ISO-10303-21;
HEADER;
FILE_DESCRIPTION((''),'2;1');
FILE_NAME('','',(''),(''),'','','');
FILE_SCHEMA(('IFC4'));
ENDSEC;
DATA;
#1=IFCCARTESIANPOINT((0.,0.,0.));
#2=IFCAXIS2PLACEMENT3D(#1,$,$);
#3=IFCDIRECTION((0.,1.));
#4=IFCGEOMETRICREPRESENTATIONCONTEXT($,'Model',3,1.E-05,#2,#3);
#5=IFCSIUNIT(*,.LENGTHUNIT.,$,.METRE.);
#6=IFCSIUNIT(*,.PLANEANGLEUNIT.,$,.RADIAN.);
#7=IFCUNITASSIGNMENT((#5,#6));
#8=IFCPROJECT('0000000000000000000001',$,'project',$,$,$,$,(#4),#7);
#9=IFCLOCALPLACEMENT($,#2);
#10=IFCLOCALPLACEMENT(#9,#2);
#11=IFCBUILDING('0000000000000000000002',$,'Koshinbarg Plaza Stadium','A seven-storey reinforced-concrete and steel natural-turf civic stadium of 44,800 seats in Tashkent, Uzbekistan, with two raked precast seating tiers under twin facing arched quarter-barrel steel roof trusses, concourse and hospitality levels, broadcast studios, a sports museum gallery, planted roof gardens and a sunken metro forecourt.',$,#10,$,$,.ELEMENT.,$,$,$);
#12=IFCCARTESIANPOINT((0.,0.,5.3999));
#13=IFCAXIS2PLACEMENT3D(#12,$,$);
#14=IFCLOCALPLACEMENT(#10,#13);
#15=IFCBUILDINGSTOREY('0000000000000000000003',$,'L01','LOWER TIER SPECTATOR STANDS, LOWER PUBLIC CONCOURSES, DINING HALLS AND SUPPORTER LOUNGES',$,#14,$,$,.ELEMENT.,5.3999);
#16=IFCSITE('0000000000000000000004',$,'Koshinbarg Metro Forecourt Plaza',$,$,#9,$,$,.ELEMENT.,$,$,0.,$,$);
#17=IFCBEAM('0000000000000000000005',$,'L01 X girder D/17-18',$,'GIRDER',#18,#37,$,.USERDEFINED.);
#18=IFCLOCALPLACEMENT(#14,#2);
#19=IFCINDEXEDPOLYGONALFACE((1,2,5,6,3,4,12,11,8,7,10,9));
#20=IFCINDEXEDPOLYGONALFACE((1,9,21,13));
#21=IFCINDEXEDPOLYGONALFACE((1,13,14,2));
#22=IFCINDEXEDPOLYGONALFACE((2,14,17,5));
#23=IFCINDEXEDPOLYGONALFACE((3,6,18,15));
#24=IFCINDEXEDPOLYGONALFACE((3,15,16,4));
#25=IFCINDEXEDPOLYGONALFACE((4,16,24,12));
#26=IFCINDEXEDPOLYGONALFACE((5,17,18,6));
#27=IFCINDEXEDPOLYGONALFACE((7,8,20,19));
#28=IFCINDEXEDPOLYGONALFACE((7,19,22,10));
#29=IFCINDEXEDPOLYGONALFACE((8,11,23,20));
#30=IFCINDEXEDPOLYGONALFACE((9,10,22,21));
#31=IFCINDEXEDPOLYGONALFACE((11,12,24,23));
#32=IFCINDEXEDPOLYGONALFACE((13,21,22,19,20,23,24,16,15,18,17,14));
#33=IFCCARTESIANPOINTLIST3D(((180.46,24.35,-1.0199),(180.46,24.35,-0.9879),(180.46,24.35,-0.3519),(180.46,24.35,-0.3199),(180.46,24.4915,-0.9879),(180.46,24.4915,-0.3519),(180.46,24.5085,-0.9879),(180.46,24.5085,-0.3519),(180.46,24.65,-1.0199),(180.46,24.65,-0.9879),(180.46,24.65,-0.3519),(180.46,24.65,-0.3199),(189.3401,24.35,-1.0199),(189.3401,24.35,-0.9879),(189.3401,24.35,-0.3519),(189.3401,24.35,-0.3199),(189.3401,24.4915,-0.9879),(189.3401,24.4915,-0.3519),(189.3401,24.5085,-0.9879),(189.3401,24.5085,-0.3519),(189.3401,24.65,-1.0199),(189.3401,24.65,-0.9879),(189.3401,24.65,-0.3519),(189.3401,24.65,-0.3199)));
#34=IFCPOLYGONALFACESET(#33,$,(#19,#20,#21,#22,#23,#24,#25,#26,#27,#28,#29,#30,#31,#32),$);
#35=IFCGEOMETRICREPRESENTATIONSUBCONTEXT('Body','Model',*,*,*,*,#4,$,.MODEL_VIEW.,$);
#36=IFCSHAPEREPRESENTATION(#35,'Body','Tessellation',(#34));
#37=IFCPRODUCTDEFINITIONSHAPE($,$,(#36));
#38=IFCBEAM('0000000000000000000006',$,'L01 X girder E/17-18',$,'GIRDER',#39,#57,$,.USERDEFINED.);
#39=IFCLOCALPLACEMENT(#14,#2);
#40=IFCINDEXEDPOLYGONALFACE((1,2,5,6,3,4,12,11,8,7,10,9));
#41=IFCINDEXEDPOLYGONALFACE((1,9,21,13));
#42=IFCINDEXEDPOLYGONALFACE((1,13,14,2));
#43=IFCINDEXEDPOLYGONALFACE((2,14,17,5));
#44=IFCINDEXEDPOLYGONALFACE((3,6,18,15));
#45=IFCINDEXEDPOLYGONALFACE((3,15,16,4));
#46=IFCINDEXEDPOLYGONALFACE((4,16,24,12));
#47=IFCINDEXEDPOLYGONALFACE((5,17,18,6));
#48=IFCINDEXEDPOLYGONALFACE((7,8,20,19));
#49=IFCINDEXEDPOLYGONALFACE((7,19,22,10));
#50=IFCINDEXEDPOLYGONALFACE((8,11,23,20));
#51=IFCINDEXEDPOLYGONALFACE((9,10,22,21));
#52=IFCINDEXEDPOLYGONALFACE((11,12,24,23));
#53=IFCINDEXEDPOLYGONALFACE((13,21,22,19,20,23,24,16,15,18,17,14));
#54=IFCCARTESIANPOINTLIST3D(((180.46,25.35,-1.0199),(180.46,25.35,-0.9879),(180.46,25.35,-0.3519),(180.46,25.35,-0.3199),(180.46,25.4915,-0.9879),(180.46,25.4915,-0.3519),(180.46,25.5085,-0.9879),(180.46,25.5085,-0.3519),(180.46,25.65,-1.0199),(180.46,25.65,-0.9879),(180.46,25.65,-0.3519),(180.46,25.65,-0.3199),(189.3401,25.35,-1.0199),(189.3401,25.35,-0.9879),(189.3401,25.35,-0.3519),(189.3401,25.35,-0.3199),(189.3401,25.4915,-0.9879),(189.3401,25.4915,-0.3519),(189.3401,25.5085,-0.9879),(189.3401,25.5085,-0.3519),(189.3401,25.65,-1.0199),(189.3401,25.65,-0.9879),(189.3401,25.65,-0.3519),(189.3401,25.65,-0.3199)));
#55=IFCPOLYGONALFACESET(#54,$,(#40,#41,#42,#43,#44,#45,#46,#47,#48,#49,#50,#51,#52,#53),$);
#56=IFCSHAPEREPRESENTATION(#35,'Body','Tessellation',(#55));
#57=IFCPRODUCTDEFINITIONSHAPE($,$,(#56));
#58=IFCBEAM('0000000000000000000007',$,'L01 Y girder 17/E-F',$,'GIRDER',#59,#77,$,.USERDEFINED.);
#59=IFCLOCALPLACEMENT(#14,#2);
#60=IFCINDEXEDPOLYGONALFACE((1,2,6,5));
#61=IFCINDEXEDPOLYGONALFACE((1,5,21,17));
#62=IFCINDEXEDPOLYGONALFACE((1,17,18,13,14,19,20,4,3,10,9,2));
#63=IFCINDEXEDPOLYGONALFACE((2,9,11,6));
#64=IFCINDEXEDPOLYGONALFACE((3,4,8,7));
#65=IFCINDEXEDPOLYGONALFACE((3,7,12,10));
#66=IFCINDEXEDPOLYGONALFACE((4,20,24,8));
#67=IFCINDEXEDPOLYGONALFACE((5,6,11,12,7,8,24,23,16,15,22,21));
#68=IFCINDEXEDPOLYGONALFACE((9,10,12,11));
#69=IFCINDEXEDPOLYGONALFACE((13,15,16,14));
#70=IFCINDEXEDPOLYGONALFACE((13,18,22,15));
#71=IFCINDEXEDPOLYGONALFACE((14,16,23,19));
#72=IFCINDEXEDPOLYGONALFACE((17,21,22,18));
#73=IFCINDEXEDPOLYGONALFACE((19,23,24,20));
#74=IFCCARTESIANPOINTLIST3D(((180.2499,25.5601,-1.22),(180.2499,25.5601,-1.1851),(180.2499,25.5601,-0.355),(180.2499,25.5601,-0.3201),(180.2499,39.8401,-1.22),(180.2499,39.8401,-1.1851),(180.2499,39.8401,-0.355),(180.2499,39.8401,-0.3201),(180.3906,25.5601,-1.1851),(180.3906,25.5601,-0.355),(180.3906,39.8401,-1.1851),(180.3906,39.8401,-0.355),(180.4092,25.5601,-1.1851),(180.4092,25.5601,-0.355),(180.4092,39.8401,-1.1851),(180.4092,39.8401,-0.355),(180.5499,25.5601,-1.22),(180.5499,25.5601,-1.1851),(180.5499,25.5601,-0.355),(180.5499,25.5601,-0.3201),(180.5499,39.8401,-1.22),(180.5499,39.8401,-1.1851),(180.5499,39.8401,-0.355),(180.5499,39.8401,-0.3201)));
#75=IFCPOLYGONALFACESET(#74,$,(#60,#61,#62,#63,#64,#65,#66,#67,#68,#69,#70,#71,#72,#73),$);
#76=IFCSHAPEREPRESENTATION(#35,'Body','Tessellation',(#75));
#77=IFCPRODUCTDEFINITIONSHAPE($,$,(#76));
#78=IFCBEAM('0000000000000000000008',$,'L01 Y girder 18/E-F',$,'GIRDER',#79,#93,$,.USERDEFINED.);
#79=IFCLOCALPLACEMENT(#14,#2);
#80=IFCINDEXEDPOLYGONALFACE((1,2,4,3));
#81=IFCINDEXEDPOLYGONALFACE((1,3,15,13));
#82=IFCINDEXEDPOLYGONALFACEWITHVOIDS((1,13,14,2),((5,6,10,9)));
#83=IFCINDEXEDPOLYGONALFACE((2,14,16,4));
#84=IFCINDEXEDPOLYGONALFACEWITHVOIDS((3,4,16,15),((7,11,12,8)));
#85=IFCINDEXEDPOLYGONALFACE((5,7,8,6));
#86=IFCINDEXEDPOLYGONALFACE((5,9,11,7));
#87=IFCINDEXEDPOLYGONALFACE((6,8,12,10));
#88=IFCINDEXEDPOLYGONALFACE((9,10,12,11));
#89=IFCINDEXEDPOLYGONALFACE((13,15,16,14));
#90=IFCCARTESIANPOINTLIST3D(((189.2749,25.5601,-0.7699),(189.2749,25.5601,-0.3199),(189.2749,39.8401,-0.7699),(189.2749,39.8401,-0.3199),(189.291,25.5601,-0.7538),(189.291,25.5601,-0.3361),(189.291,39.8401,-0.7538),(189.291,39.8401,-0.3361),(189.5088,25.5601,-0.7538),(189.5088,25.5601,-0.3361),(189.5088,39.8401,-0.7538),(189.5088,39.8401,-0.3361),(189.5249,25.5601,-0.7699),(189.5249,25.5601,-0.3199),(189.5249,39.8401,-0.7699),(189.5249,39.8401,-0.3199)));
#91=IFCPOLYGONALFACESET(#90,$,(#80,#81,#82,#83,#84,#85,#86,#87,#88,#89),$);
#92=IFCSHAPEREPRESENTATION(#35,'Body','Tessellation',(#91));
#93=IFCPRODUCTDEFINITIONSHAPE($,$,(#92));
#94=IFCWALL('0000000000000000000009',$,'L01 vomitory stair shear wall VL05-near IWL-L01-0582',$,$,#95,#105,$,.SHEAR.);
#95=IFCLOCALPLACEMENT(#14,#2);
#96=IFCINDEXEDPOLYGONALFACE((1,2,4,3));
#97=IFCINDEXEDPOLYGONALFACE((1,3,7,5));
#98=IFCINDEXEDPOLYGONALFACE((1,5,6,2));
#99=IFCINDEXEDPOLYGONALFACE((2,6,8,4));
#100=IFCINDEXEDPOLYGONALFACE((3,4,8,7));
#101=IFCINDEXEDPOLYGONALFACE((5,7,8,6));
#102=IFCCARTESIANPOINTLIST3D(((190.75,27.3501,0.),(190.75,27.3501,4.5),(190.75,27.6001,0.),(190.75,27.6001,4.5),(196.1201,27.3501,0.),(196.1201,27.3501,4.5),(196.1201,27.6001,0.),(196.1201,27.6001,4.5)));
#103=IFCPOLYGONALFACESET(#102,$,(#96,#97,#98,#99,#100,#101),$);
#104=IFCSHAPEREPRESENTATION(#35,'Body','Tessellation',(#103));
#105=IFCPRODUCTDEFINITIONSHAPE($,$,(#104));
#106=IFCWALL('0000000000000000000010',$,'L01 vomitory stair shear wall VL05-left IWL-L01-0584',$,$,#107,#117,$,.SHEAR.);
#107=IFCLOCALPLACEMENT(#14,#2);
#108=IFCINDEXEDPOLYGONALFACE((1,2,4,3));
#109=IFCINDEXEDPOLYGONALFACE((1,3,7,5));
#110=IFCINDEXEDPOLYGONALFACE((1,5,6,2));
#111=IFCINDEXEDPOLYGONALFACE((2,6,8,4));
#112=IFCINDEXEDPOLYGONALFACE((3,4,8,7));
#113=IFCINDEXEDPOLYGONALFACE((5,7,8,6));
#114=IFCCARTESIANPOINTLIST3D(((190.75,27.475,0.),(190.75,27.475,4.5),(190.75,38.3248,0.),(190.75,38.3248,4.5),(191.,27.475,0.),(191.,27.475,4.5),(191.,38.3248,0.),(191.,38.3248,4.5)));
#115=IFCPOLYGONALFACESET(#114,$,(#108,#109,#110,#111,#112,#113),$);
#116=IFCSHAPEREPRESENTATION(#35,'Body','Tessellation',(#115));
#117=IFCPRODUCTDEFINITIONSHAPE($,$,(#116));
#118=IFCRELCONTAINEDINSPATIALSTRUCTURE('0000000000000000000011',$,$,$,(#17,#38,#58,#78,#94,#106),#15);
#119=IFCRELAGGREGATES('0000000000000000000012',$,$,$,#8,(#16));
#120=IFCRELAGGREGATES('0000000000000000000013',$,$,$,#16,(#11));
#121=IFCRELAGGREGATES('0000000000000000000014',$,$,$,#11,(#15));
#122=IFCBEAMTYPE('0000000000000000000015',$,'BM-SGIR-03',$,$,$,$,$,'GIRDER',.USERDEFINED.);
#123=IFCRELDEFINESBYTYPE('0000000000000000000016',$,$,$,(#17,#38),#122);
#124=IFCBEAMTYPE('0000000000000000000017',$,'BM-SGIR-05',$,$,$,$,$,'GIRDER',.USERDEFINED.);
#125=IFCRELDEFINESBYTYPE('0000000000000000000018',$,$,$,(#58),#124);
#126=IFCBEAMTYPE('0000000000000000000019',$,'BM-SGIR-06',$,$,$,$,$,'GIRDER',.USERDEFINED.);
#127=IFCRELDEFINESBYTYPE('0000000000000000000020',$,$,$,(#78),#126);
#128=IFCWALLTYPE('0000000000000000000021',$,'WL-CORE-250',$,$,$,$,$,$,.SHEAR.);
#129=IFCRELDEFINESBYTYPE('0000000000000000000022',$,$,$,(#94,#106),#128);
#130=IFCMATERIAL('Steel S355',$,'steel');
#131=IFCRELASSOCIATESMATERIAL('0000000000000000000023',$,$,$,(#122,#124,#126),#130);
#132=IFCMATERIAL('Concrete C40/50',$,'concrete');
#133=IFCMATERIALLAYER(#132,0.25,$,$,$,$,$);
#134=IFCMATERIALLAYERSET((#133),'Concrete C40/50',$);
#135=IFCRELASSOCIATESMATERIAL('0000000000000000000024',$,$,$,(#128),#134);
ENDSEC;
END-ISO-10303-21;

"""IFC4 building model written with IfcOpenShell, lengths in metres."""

from ifc_helpers import new_model, si_unit, direction, frame, frame_2d, origin, origin_2d, place, context, subcontext, project, spatial, rectangle, hollow_rectangle, i_section, extrude, material, layer, layer_set, material_profile, profile_set, type_object, element, save


model = new_model("IFC4")

# Units and contexts
model_context = context("Model", 3, precision=1e-05, world=origin(), true_north=direction((0.0, 1.0)))
body_context = subcontext(model_context, "Body", "Model", "MODEL_VIEW")
ifc_project = project(units=[si_unit("LENGTHUNIT", "METRE"), si_unit("PLANEANGLEUNIT", "RADIAN")], contexts=[model_context])

# Site, building, storey
site_placement = place(None, origin())
site = spatial("IfcSite", under=ifc_project, at=site_placement, Name="Koshinbarg Metro Forecourt Plaza", CompositionType="ELEMENT", RefElevation=0.0)
building_placement = place(site_placement, origin())
building = spatial("IfcBuilding", under=site, at=building_placement, Name="Koshinbarg Plaza Stadium", Description="A seven-storey reinforced-concrete and steel natural-turf civic stadium of 44,800 seats in Tashkent, Uzbekistan, with two raked precast seating tiers under twin facing arched quarter-barrel steel roof trusses, concourse and hospitality levels, broadcast studios, a sports museum gallery, planted roof gardens and a sunken metro forecourt.", CompositionType="ELEMENT")
storey_placement = place(building_placement, frame((0.0, 0.0, 5.3999)))
storey = spatial("IfcBuildingStorey", under=building, at=storey_placement, Name="L01", Description="LOWER TIER SPECTATOR STANDS, LOWER PUBLIC CONCOURSES, DINING HALLS AND SUPPORTER LOUNGES", CompositionType="ELEMENT", Elevation=5.3999)

# Shared definitions
ifc_material_1 = material(Name="Concrete C40/50", Category="concrete")

# Beams
ifc_material_2 = material(Name="Steel S355", Category="steel")
ifc_material_profile_1 = material_profile(ifc_material_2, i_section(OverallWidth=0.3, OverallDepth=0.7, WebThickness=0.0171, FlangeThickness=0.032, at=origin_2d()), Name="HEB 700")
ifc_profile_set_1 = profile_set([ifc_material_profile_1], Name="Steel S355")
beam_type_1 = type_object("IfcBeamType", Name="BM-SGIR-03", ElementType="GIRDER", PredefinedType="USERDEFINED", material=ifc_profile_set_1)
for number, where, z_axis, x_axis, name in (
    (1, (180.46, 24.5, -0.6699), (1.0, 0.0, 0.0), (0.0, 1.0, 0.0), "L01 X girder D/17-18"),
    (2, (180.46, 25.5, -0.6699), (1.0, 0.0, 0.0), (0.0, 1.0, 0.0), "L01 X girder E/17-18"),
):
    element("IfcBeam", number, at=place(storey_placement, frame(where, z_axis=z_axis, x_axis=x_axis)), inside=storey, type_object=beam_type_1, Name=name, ObjectType="GIRDER", PredefinedType="USERDEFINED", context=body_context, shape_type="SweptSolid", body=[
        extrude(i_section(OverallWidth=0.3, OverallDepth=0.7, WebThickness=0.0171, FlangeThickness=0.032, at=origin_2d()), origin(), (0.0, 0.0, 1.0), 8.8801),
    ])
ifc_material_profile_2 = material_profile(ifc_material_2, i_section(OverallWidth=0.3, OverallDepth=0.8999, WebThickness=0.0186, FlangeThickness=0.0349, at=origin_2d()), Name="HEB 900")
ifc_profile_set_2 = profile_set([ifc_material_profile_2], Name="Steel S355")
beam_type_2 = type_object("IfcBeamType", Name="BM-SGIR-05", ElementType="GIRDER", PredefinedType="USERDEFINED", material=ifc_profile_set_2)
beam_1_placement = place(storey_placement, frame((180.3999, 25.5601, -0.77), z_axis=(0.0, 1.0, 0.0), x_axis=(-1.0, 0.0, 0.0)))
element("IfcBeam", 3, at=beam_1_placement, inside=storey, type_object=beam_type_2, Name="L01 Y girder 17/E-F", ObjectType="GIRDER", PredefinedType="USERDEFINED", context=body_context, shape_type="SweptSolid", body=[
    extrude(i_section(OverallWidth=0.3, OverallDepth=0.8999, WebThickness=0.0186, FlangeThickness=0.0349, at=origin_2d()), origin(), (0.0, 0.0, 1.0), 14.28),
])
ifc_material_profile_3 = material_profile(ifc_material_2, hollow_rectangle(XDim=0.25, YDim=0.45, WallThickness=0.0161, at=origin_2d()), Name="RHS 450x250x16")
ifc_profile_set_3 = profile_set([ifc_material_profile_3], Name="Steel S355")
beam_type_3 = type_object("IfcBeamType", Name="BM-SGIR-06", ElementType="GIRDER", PredefinedType="USERDEFINED", material=ifc_profile_set_3)
beam_2_placement = place(storey_placement, frame((189.3999, 25.5601, -0.5449), z_axis=(0.0, 1.0, 0.0), x_axis=(-1.0, 0.0, 0.0)))
element("IfcBeam", 4, at=beam_2_placement, inside=storey, type_object=beam_type_3, Name="L01 Y girder 18/E-F", ObjectType="GIRDER", PredefinedType="USERDEFINED", context=body_context, shape_type="SweptSolid", body=[
    extrude(hollow_rectangle(XDim=0.25, YDim=0.45, WallThickness=0.0161, at=origin_2d()), origin(), (0.0, 0.0, 1.0), 14.28),
])

# Walls
ifc_layer = layer(ifc_material_1, 0.25)
ifc_layer_set = layer_set([ifc_layer], Name="Concrete C40/50")
wall_type = type_object("IfcWallType", Name="WL-CORE-250", PredefinedType="SHEAR", material=ifc_layer_set)
wall_1_placement = place(storey_placement, frame((190.75, 27.4751, 0.0), z_axis=(0.0, 0.0, 1.0), x_axis=(1.0, 0.0, 0.0)))
element("IfcWall", 5, at=wall_1_placement, inside=storey, type_object=wall_type, Name="L01 vomitory stair shear wall VL05-near IWL-L01-0582", PredefinedType="SHEAR", context=body_context, shape_type="SweptSolid", body=[
    extrude(rectangle(XDim=5.3701, YDim=0.25, at=frame_2d((2.6851, 0.0))), origin(), (0.0, 0.0, 1.0), 4.5),
])
wall_2_placement = place(storey_placement, frame((190.875, 27.4751, 0.0), z_axis=(0.0, 0.0, 1.0), x_axis=(0.0, 1.0, 0.0)))
element("IfcWall", 6, at=wall_2_placement, inside=storey, type_object=wall_type, Name="L01 vomitory stair shear wall VL05-left IWL-L01-0584", PredefinedType="SHEAR", context=body_context, shape_type="SweptSolid", body=[
    extrude(rectangle(XDim=10.8499, YDim=0.25, at=frame_2d((5.4248, 0.0))), origin(), (0.0, 0.0, 1.0), 4.5),
])

save(model, "model.ifc")
